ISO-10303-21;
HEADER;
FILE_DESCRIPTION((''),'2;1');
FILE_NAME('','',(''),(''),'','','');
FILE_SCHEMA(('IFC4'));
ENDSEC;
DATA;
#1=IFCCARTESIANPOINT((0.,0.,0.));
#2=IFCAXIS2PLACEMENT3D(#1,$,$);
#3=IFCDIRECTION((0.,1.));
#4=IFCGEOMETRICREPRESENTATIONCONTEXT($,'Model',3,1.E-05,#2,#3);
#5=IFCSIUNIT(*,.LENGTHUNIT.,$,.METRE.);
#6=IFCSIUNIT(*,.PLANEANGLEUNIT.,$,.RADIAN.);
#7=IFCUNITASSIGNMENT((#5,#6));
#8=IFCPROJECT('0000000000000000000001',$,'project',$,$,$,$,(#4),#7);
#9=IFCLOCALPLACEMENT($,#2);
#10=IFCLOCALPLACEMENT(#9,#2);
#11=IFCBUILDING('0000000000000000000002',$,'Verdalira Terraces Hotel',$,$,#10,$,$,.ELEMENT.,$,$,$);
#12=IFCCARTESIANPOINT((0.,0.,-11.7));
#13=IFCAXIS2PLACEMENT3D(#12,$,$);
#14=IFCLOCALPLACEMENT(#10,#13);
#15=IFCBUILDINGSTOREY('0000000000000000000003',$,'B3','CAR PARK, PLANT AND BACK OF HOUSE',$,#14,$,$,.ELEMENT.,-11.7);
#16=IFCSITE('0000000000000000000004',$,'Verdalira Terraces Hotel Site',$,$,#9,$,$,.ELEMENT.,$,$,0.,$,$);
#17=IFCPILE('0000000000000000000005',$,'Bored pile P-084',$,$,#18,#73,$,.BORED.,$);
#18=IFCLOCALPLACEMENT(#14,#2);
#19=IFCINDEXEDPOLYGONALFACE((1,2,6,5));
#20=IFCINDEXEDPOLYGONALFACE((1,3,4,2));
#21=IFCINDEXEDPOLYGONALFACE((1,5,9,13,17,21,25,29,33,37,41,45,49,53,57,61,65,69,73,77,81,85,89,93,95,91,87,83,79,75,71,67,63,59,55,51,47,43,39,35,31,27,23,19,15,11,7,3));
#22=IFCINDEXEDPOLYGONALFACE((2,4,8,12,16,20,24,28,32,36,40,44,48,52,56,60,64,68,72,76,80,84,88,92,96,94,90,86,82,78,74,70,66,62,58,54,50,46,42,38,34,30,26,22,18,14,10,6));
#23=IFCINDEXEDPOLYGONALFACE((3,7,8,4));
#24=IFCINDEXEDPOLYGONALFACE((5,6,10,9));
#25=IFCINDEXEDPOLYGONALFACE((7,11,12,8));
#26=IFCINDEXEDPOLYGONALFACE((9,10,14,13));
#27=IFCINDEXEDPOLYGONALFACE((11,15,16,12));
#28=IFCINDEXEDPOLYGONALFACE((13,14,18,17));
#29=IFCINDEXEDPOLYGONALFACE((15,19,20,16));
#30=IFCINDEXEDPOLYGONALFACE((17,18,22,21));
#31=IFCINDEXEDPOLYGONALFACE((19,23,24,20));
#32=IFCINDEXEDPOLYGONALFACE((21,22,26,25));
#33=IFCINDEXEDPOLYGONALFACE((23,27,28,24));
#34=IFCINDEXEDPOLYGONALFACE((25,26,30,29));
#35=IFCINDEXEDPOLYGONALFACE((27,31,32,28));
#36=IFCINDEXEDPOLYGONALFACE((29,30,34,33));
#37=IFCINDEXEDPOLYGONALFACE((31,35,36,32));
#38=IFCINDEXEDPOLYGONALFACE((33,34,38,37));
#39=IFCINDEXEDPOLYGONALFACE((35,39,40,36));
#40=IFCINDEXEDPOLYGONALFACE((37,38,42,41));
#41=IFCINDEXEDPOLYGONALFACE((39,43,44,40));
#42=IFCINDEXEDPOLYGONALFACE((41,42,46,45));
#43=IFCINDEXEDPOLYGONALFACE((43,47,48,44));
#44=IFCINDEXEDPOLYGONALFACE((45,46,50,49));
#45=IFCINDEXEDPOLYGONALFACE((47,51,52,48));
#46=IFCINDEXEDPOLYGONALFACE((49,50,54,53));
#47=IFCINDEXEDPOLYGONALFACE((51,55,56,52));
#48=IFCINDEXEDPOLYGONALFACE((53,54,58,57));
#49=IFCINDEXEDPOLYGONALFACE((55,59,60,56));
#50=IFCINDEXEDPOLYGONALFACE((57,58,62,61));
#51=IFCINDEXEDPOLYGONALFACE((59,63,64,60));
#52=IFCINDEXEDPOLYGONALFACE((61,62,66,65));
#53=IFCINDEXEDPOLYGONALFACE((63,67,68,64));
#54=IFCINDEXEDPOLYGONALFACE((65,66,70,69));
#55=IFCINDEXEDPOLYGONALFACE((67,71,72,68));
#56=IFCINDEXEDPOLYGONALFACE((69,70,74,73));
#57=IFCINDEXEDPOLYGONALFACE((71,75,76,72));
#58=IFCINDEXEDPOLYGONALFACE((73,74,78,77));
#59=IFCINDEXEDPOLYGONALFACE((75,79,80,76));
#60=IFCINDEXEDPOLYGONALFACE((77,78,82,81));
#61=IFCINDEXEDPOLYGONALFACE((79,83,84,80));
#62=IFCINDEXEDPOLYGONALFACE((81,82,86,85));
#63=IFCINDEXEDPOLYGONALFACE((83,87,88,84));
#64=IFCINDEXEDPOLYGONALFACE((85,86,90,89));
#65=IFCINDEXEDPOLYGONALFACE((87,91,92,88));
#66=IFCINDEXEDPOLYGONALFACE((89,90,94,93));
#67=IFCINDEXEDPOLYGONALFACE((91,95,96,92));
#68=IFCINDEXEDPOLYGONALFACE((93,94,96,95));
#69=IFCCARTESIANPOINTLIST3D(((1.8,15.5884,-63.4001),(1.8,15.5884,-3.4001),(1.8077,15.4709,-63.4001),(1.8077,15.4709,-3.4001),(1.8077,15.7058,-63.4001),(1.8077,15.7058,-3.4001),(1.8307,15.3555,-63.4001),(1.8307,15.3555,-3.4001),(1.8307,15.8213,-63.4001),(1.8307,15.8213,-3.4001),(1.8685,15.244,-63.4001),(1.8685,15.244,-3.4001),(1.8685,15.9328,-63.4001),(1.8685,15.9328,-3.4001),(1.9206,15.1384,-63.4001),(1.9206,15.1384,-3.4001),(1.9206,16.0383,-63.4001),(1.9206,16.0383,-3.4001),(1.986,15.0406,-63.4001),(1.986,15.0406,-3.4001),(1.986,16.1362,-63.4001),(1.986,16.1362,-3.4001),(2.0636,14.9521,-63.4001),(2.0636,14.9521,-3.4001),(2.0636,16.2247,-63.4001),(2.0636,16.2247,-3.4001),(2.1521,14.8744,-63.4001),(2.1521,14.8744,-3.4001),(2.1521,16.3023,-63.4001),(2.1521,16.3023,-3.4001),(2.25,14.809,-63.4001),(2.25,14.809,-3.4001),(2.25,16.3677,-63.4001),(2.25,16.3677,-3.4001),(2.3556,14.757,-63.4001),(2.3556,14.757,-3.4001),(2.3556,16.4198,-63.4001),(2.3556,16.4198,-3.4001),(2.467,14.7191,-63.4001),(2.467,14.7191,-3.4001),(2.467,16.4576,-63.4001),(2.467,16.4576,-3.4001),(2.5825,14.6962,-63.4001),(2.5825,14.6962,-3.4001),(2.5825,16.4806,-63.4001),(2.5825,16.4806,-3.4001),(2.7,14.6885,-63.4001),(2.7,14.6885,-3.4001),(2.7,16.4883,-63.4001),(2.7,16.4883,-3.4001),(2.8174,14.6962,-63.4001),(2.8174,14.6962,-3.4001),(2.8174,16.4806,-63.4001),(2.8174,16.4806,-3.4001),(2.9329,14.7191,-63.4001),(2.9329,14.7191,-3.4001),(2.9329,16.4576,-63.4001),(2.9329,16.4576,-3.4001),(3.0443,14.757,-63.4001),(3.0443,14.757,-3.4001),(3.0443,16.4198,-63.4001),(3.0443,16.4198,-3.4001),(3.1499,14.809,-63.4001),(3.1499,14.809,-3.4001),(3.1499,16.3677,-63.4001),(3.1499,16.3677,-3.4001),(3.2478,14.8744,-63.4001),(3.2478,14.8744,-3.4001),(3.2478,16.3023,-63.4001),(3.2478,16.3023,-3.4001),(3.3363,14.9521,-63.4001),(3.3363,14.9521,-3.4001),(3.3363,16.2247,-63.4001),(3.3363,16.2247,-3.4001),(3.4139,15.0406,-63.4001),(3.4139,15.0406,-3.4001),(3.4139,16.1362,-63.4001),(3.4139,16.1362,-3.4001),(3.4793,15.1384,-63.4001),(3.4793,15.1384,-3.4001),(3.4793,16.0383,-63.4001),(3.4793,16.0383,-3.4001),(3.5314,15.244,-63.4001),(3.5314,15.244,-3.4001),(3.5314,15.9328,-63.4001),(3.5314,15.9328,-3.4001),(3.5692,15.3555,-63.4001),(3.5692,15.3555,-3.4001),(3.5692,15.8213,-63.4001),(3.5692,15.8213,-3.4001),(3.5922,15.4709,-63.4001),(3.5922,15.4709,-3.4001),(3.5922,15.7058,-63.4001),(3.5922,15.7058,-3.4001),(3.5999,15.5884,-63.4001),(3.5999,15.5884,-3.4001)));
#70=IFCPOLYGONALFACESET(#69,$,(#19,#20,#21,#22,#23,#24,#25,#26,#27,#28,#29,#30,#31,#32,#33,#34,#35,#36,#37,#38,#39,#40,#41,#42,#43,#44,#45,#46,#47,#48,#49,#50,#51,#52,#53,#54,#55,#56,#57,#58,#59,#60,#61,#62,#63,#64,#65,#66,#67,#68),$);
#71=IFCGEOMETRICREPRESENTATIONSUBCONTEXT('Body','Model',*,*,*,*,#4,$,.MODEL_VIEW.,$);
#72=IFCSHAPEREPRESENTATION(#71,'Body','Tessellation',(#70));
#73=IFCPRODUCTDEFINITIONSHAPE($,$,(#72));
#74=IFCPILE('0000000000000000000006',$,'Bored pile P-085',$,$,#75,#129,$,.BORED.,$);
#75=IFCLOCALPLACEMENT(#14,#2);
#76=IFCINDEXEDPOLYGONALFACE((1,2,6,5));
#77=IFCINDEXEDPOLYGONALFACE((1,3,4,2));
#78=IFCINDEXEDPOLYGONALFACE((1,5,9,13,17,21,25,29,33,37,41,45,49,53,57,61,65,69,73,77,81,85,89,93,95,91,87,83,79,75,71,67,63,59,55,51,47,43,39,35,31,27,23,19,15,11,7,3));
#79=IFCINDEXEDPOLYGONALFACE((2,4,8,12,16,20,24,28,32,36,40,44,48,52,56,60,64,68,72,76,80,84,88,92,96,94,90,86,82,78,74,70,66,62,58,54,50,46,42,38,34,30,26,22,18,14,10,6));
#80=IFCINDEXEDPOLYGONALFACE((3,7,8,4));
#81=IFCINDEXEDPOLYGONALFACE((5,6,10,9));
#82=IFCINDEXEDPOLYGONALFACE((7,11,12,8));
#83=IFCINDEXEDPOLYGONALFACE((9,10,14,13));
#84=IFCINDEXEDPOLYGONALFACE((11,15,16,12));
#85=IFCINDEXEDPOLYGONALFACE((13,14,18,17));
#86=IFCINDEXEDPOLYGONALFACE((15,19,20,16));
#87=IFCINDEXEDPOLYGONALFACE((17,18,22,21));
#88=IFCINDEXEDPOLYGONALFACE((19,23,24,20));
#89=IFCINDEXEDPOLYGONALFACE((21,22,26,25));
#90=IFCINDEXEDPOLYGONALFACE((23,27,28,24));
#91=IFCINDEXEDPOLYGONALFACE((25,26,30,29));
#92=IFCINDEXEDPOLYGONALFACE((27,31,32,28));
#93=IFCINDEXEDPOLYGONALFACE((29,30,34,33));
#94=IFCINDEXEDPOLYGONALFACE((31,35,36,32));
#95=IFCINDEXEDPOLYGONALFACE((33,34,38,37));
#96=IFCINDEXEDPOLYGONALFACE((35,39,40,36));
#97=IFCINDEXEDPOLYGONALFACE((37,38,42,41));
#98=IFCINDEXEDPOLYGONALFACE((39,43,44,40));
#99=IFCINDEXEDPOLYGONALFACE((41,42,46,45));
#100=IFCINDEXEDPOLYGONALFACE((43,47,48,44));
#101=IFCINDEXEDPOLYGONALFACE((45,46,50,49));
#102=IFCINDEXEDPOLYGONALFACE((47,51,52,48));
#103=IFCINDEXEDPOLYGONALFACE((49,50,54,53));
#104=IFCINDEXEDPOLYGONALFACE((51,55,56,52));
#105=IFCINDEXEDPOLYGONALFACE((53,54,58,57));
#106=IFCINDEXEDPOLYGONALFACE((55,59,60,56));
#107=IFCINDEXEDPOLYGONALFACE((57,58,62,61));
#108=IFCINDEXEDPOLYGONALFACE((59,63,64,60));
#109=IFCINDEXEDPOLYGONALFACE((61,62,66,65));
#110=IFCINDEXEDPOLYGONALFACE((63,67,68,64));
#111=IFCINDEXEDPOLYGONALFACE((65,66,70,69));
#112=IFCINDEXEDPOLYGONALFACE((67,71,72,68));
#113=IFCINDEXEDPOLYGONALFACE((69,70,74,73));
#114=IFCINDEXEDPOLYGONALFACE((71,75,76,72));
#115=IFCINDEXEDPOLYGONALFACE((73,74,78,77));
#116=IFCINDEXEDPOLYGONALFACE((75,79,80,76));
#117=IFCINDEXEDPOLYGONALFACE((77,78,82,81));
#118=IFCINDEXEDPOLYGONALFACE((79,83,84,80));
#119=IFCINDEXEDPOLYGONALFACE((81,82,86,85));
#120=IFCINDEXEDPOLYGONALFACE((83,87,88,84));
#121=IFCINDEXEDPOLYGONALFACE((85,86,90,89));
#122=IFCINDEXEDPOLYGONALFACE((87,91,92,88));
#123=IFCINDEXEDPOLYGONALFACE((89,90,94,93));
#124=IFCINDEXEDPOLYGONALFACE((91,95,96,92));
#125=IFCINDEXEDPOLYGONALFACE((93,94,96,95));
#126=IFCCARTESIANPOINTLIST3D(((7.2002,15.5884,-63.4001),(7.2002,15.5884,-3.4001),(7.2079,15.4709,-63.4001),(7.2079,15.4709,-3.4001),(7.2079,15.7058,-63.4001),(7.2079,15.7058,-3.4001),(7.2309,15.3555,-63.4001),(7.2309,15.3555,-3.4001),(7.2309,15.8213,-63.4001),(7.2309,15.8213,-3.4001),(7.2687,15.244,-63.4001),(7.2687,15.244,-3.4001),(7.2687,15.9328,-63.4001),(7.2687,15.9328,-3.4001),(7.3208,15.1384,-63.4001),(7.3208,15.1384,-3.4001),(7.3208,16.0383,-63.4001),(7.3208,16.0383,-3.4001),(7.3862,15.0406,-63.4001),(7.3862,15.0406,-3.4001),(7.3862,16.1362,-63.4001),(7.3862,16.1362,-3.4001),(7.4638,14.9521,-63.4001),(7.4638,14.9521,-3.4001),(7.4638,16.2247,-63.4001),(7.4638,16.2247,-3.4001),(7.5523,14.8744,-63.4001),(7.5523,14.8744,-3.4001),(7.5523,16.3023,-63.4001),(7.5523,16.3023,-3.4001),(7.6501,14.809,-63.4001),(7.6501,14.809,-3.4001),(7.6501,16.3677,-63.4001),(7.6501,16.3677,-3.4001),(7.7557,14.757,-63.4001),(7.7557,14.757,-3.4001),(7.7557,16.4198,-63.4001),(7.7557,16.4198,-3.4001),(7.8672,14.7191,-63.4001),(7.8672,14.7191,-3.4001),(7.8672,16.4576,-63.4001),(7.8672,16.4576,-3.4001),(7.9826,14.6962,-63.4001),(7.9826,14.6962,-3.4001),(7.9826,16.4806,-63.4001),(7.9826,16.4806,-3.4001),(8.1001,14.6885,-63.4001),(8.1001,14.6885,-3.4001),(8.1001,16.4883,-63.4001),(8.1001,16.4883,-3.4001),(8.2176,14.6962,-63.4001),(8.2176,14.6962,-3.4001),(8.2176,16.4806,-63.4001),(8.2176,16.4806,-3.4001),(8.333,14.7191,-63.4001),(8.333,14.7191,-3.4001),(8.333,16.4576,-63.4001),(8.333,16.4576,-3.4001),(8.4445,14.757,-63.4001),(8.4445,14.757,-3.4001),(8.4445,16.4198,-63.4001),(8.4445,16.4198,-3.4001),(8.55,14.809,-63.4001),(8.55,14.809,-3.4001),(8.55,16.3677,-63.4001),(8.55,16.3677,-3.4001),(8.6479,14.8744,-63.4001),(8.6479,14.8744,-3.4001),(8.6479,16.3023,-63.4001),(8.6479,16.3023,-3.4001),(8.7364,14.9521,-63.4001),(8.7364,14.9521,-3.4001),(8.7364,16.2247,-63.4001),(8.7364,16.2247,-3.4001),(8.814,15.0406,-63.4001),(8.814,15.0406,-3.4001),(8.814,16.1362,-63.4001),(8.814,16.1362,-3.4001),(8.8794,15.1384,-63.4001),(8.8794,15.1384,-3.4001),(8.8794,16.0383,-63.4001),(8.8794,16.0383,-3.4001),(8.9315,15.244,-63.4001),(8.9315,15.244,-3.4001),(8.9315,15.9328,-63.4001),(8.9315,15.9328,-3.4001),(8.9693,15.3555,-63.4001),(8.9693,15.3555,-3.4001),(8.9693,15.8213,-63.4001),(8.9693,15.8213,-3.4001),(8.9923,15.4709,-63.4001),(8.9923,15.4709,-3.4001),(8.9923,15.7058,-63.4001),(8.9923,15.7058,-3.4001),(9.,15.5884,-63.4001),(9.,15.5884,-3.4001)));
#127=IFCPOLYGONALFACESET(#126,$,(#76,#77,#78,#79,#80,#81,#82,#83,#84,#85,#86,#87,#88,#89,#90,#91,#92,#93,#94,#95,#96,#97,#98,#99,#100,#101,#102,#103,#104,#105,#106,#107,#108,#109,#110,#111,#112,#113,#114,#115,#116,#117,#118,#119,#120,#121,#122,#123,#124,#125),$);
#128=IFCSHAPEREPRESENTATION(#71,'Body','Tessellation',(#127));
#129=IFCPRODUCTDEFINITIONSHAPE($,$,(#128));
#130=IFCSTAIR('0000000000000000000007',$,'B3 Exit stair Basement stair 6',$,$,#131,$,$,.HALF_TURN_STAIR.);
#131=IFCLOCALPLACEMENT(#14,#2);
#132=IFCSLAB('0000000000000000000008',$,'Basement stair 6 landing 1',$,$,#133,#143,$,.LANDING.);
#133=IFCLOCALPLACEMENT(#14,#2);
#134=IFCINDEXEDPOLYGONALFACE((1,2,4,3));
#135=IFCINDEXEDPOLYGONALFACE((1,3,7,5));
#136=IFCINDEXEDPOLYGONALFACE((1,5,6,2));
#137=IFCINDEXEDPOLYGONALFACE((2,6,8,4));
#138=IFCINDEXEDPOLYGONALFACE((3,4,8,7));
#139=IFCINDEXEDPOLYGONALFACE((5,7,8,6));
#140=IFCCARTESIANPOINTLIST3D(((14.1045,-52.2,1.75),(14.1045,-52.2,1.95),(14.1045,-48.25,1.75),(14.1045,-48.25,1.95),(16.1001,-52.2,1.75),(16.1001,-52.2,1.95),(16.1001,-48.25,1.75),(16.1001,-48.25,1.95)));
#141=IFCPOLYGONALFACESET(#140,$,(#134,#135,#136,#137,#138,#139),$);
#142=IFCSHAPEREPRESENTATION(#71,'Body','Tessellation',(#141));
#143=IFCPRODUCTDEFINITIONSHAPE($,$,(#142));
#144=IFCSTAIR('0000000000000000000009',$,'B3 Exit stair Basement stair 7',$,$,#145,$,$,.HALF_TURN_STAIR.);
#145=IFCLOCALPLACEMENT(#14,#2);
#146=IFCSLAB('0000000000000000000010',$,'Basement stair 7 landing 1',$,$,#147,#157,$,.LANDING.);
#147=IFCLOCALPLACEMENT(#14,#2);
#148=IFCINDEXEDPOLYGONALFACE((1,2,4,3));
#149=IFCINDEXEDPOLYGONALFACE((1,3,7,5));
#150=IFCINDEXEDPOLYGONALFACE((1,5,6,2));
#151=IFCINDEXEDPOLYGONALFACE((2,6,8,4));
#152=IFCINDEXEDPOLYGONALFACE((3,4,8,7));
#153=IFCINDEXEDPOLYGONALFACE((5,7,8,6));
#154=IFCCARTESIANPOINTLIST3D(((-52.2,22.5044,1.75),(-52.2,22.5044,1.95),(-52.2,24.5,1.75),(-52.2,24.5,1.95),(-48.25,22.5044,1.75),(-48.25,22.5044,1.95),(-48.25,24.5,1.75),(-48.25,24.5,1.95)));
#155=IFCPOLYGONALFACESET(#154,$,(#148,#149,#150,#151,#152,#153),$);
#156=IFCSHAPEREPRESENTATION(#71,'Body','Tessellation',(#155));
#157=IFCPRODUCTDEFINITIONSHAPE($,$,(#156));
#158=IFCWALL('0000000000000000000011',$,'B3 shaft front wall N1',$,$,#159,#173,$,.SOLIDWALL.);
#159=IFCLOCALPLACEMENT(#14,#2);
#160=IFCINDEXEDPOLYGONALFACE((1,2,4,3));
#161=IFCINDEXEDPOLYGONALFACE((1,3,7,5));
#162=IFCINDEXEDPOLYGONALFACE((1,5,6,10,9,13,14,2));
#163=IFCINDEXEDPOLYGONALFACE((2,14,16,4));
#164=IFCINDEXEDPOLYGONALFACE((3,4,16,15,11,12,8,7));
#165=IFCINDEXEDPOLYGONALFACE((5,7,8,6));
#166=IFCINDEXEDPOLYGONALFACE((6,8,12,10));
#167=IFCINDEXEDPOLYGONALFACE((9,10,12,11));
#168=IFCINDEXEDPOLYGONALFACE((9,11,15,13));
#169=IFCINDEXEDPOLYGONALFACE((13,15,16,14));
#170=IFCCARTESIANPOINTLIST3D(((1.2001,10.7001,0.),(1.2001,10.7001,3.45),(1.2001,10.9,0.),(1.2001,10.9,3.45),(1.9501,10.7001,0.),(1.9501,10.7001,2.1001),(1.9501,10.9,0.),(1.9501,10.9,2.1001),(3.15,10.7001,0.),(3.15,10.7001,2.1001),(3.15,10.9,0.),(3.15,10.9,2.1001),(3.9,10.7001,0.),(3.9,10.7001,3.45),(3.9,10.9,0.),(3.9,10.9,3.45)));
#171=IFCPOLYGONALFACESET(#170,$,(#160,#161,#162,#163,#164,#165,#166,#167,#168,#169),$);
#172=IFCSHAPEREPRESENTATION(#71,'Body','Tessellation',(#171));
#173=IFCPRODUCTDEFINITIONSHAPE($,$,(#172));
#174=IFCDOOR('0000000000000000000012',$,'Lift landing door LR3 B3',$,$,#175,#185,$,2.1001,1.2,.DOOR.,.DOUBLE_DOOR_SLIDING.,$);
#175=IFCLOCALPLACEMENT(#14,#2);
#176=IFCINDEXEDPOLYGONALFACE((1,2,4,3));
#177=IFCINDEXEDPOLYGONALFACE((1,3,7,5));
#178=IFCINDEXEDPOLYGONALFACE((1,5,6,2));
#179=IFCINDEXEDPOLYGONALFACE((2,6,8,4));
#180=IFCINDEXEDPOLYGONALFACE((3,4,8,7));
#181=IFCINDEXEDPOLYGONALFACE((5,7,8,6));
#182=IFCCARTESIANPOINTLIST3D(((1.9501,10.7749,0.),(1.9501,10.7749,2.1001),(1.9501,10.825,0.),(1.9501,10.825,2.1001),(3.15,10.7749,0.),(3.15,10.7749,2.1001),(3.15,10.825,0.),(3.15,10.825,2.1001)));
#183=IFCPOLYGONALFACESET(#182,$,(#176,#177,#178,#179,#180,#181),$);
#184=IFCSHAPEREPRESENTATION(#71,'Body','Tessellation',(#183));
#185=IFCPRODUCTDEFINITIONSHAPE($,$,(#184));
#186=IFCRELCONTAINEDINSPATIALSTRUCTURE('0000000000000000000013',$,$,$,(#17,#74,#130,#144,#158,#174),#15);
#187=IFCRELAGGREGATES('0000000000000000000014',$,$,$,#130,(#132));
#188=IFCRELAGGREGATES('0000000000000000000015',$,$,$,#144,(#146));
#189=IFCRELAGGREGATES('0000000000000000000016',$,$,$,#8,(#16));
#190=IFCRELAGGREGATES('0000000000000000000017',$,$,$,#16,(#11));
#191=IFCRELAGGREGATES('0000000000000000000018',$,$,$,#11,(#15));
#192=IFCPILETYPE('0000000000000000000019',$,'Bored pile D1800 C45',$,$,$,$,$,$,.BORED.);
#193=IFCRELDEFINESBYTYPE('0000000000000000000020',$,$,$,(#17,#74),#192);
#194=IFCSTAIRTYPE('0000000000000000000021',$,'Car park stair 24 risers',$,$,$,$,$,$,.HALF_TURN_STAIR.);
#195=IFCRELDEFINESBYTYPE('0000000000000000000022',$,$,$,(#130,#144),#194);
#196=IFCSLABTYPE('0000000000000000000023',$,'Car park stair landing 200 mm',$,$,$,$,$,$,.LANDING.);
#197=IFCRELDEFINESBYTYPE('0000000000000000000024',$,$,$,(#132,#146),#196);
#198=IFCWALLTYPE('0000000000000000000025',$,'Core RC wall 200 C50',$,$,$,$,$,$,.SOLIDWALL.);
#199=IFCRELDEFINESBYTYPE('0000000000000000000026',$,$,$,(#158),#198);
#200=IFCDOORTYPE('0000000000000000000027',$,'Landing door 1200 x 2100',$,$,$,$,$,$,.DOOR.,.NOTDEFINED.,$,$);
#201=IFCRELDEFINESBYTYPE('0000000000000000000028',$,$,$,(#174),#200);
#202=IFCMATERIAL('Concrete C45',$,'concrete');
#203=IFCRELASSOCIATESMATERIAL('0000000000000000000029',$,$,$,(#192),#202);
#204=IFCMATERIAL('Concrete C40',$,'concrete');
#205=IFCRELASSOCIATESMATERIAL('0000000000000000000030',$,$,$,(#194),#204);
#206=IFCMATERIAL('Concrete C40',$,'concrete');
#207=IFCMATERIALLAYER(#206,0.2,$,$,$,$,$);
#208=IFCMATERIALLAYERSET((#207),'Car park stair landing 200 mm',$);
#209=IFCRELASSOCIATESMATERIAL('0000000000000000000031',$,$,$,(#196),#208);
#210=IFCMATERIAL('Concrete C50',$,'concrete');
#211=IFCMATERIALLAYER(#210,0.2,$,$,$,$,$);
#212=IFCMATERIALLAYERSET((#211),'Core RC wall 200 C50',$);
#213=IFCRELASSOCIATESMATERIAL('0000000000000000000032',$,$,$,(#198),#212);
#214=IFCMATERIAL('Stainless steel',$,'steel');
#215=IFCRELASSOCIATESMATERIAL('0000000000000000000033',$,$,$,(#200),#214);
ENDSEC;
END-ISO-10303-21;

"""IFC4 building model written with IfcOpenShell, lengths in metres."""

from ifc_helpers import new_model, si_unit, direction, frame, frame_2d, origin, origin_2d, place, context, subcontext, project, spatial, polyline, rectangle, circle, outline, extrude, material, layer, layer_set, material_profile, profile_set, type_object, element, fill, aggregate, save


model = new_model("IFC4")

# Units and contexts
model_context = context("Model", 3, precision=1e-05, world=origin(), true_north=direction((0.0, 1.0)))
body_context = subcontext(model_context, "Body", "Model", "MODEL_VIEW")
ifc_project = project(units=[si_unit("LENGTHUNIT", "METRE"), si_unit("PLANEANGLEUNIT", "RADIAN")], contexts=[model_context])

# Site, building, storey
site_placement = place(None, origin())
site = spatial("IfcSite", under=ifc_project, at=site_placement, Name="Verdalira Terraces Hotel Site", CompositionType="ELEMENT", RefElevation=0.0)
building_placement = place(site_placement, origin())
building = spatial("IfcBuilding", under=site, at=building_placement, Name="Verdalira Terraces Hotel", CompositionType="ELEMENT")
storey_placement = place(building_placement, frame((0.0, 0.0, -11.7)))
storey = spatial("IfcBuildingStorey", under=building, at=storey_placement, Name="B3", Description="CAR PARK, PLANT AND BACK OF HOUSE", CompositionType="ELEMENT", Elevation=-11.7)

# Piles
ifc_material_1 = material(Name="Concrete C45", Category="concrete")
ifc_material_profile = material_profile(ifc_material_1, circle(Radius=0.8999, at=origin_2d()), Name="D1800")
ifc_profile_set = profile_set([ifc_material_profile], Name="Concrete C45")
pile_type = type_object("IfcPileType", Name="Bored pile D1800 C45", PredefinedType="BORED", material=ifc_profile_set)
for number, where, z_axis, x_axis, name in (
    (1, (2.7, 15.5884, -3.4001), (0.0, 0.0, -1.0), (1.0, 0.0, 0.0), "Bored pile P-084"),
    (2, (8.1001, 15.5884, -3.4001), (0.0, 0.0, -1.0), (1.0, 0.0, 0.0), "Bored pile P-085"),
):
    element("IfcPile", number, at=place(storey_placement, frame(where, z_axis=z_axis, x_axis=x_axis)), inside=storey, type_object=pile_type, Name=name, PredefinedType="BORED", context=body_context, shape_type="SweptSolid", body=[
        extrude(circle(Radius=0.8999, at=origin_2d()), origin(), (0.0, 0.0, 1.0), 60.0),
    ])

# Stairs, slabs
ifc_material_2 = material(Name="Concrete C40", Category="concrete")
stair_type = type_object("IfcStairType", Name="Car park stair 24 risers", PredefinedType="HALF_TURN_STAIR", material=ifc_material_2)
stair_1_placement = place(storey_placement, origin())
stair_1 = element("IfcStair", 3, at=stair_1_placement, inside=storey, type_object=stair_type, Name="B3 Exit stair Basement stair 6", PredefinedType="HALF_TURN_STAIR")
ifc_material_3 = material(Name="Concrete C40", Category="concrete")
ifc_layer_1 = layer(ifc_material_3, 0.2)
ifc_layer_set_1 = layer_set([ifc_layer_1], Name="Car park stair landing 200 mm")
slab_type = type_object("IfcSlabType", Name="Car park stair landing 200 mm", PredefinedType="LANDING", material=ifc_layer_set_1)
slab_1_placement = place(storey_placement, frame((0.0, 0.0, 1.75)))
slab_1 = element("IfcSlab", 4, at=slab_1_placement, type_object=slab_type, Name="Basement stair 6 landing 1", PredefinedType="LANDING", context=body_context, shape_type="SweptSolid", body=[
    extrude(outline(polyline([(14.1045, -52.2), (16.1001, -52.2), (16.1001, -48.25), (14.1045, -48.25), (14.1045, -52.2)])), origin(), (0.0, 0.0, 1.0), 0.2),
])
aggregate(stair_1, [slab_1])
stair_2_placement = place(storey_placement, origin())
stair_2 = element("IfcStair", 5, at=stair_2_placement, inside=storey, type_object=stair_type, Name="B3 Exit stair Basement stair 7", PredefinedType="HALF_TURN_STAIR")
slab_2_placement = place(storey_placement, frame((0.0, 0.0, 1.75)))
slab_2 = element("IfcSlab", 6, at=slab_2_placement, type_object=slab_type, Name="Basement stair 7 landing 1", PredefinedType="LANDING", context=body_context, shape_type="SweptSolid", body=[
    extrude(outline(polyline([(-48.25, 22.5044), (-48.25, 24.5), (-52.2, 24.5), (-52.2, 22.5044), (-48.25, 22.5044)])), origin(), (0.0, 0.0, 1.0), 0.2),
])
aggregate(stair_2, [slab_2])

# Wall, opening, door
ifc_material_4 = material(Name="Concrete C50", Category="concrete")
ifc_layer_2 = layer(ifc_material_4, 0.2)
ifc_layer_set_2 = layer_set([ifc_layer_2], Name="Core RC wall 200 C50")
wall_type_1 = type_object("IfcWallType", Name="Core RC wall 200 C50", PredefinedType="SOLIDWALL", material=ifc_layer_set_2)
wall_1_placement = place(storey_placement, frame((1.2, 10.8, 0.0), z_axis=(0.0, 0.0, 1.0), x_axis=(1.0, 0.0, 0.0)))
wall_1 = element("IfcWall", 7, at=wall_1_placement, inside=storey, type_object=wall_type_1, Name="B3 shaft front wall N1", PredefinedType="SOLIDWALL", context=body_context, shape_type="SweptSolid", body=[
    extrude(rectangle(XDim=2.7, YDim=0.2, at=frame_2d((1.3501, 0.0))), origin(), (0.0, 0.0, 1.0), 3.45),
])
opening_1_placement = place(wall_1_placement, frame((0.75, 0.0, 0.0)))
opening_1 = element("IfcOpeningElement", 8, at=opening_1_placement, cuts=wall_1, PredefinedType="OPENING", context=body_context, shape_type="SweptSolid", body=[
    extrude(rectangle(XDim=1.2, YDim=2.1001, at=frame_2d((0.6001, 1.05))), frame((0.0, 0.1099, 0.0), z_axis=(0.0, -1.0, 0.0), x_axis=(1.0, 0.0, 0.0)), (0.0, 0.0, 1.0), 0.22),
])
ifc_material_5 = material(Name="Stainless steel", Category="steel")
door_type_1 = type_object("IfcDoorType", Name="Landing door 1200 x 2100", OperationType="NOTDEFINED", PredefinedType="DOOR", material=ifc_material_5)
door_1_placement = place(opening_1_placement, origin())
door_1 = element("IfcDoor", 9, at=door_1_placement, inside=storey, type_object=door_type_1, Name="Lift landing door LR3 B3", OperationType="DOUBLE_DOOR_SLIDING", OverallHeight=2.1001, OverallWidth=1.2, PredefinedType="DOOR", context=body_context, shape_type="SweptSolid", body=[
    extrude(rectangle(XDim=1.2, YDim=2.1001, at=frame_2d((0.6001, 1.05))), frame((0.0, 0.0249, 0.0), z_axis=(0.0, -1.0, 0.0), x_axis=(1.0, 0.0, 0.0)), (0.0, 0.0, 1.0), 0.05),
])
fill(opening_1, door_1)

save(model, "model.ifc")
